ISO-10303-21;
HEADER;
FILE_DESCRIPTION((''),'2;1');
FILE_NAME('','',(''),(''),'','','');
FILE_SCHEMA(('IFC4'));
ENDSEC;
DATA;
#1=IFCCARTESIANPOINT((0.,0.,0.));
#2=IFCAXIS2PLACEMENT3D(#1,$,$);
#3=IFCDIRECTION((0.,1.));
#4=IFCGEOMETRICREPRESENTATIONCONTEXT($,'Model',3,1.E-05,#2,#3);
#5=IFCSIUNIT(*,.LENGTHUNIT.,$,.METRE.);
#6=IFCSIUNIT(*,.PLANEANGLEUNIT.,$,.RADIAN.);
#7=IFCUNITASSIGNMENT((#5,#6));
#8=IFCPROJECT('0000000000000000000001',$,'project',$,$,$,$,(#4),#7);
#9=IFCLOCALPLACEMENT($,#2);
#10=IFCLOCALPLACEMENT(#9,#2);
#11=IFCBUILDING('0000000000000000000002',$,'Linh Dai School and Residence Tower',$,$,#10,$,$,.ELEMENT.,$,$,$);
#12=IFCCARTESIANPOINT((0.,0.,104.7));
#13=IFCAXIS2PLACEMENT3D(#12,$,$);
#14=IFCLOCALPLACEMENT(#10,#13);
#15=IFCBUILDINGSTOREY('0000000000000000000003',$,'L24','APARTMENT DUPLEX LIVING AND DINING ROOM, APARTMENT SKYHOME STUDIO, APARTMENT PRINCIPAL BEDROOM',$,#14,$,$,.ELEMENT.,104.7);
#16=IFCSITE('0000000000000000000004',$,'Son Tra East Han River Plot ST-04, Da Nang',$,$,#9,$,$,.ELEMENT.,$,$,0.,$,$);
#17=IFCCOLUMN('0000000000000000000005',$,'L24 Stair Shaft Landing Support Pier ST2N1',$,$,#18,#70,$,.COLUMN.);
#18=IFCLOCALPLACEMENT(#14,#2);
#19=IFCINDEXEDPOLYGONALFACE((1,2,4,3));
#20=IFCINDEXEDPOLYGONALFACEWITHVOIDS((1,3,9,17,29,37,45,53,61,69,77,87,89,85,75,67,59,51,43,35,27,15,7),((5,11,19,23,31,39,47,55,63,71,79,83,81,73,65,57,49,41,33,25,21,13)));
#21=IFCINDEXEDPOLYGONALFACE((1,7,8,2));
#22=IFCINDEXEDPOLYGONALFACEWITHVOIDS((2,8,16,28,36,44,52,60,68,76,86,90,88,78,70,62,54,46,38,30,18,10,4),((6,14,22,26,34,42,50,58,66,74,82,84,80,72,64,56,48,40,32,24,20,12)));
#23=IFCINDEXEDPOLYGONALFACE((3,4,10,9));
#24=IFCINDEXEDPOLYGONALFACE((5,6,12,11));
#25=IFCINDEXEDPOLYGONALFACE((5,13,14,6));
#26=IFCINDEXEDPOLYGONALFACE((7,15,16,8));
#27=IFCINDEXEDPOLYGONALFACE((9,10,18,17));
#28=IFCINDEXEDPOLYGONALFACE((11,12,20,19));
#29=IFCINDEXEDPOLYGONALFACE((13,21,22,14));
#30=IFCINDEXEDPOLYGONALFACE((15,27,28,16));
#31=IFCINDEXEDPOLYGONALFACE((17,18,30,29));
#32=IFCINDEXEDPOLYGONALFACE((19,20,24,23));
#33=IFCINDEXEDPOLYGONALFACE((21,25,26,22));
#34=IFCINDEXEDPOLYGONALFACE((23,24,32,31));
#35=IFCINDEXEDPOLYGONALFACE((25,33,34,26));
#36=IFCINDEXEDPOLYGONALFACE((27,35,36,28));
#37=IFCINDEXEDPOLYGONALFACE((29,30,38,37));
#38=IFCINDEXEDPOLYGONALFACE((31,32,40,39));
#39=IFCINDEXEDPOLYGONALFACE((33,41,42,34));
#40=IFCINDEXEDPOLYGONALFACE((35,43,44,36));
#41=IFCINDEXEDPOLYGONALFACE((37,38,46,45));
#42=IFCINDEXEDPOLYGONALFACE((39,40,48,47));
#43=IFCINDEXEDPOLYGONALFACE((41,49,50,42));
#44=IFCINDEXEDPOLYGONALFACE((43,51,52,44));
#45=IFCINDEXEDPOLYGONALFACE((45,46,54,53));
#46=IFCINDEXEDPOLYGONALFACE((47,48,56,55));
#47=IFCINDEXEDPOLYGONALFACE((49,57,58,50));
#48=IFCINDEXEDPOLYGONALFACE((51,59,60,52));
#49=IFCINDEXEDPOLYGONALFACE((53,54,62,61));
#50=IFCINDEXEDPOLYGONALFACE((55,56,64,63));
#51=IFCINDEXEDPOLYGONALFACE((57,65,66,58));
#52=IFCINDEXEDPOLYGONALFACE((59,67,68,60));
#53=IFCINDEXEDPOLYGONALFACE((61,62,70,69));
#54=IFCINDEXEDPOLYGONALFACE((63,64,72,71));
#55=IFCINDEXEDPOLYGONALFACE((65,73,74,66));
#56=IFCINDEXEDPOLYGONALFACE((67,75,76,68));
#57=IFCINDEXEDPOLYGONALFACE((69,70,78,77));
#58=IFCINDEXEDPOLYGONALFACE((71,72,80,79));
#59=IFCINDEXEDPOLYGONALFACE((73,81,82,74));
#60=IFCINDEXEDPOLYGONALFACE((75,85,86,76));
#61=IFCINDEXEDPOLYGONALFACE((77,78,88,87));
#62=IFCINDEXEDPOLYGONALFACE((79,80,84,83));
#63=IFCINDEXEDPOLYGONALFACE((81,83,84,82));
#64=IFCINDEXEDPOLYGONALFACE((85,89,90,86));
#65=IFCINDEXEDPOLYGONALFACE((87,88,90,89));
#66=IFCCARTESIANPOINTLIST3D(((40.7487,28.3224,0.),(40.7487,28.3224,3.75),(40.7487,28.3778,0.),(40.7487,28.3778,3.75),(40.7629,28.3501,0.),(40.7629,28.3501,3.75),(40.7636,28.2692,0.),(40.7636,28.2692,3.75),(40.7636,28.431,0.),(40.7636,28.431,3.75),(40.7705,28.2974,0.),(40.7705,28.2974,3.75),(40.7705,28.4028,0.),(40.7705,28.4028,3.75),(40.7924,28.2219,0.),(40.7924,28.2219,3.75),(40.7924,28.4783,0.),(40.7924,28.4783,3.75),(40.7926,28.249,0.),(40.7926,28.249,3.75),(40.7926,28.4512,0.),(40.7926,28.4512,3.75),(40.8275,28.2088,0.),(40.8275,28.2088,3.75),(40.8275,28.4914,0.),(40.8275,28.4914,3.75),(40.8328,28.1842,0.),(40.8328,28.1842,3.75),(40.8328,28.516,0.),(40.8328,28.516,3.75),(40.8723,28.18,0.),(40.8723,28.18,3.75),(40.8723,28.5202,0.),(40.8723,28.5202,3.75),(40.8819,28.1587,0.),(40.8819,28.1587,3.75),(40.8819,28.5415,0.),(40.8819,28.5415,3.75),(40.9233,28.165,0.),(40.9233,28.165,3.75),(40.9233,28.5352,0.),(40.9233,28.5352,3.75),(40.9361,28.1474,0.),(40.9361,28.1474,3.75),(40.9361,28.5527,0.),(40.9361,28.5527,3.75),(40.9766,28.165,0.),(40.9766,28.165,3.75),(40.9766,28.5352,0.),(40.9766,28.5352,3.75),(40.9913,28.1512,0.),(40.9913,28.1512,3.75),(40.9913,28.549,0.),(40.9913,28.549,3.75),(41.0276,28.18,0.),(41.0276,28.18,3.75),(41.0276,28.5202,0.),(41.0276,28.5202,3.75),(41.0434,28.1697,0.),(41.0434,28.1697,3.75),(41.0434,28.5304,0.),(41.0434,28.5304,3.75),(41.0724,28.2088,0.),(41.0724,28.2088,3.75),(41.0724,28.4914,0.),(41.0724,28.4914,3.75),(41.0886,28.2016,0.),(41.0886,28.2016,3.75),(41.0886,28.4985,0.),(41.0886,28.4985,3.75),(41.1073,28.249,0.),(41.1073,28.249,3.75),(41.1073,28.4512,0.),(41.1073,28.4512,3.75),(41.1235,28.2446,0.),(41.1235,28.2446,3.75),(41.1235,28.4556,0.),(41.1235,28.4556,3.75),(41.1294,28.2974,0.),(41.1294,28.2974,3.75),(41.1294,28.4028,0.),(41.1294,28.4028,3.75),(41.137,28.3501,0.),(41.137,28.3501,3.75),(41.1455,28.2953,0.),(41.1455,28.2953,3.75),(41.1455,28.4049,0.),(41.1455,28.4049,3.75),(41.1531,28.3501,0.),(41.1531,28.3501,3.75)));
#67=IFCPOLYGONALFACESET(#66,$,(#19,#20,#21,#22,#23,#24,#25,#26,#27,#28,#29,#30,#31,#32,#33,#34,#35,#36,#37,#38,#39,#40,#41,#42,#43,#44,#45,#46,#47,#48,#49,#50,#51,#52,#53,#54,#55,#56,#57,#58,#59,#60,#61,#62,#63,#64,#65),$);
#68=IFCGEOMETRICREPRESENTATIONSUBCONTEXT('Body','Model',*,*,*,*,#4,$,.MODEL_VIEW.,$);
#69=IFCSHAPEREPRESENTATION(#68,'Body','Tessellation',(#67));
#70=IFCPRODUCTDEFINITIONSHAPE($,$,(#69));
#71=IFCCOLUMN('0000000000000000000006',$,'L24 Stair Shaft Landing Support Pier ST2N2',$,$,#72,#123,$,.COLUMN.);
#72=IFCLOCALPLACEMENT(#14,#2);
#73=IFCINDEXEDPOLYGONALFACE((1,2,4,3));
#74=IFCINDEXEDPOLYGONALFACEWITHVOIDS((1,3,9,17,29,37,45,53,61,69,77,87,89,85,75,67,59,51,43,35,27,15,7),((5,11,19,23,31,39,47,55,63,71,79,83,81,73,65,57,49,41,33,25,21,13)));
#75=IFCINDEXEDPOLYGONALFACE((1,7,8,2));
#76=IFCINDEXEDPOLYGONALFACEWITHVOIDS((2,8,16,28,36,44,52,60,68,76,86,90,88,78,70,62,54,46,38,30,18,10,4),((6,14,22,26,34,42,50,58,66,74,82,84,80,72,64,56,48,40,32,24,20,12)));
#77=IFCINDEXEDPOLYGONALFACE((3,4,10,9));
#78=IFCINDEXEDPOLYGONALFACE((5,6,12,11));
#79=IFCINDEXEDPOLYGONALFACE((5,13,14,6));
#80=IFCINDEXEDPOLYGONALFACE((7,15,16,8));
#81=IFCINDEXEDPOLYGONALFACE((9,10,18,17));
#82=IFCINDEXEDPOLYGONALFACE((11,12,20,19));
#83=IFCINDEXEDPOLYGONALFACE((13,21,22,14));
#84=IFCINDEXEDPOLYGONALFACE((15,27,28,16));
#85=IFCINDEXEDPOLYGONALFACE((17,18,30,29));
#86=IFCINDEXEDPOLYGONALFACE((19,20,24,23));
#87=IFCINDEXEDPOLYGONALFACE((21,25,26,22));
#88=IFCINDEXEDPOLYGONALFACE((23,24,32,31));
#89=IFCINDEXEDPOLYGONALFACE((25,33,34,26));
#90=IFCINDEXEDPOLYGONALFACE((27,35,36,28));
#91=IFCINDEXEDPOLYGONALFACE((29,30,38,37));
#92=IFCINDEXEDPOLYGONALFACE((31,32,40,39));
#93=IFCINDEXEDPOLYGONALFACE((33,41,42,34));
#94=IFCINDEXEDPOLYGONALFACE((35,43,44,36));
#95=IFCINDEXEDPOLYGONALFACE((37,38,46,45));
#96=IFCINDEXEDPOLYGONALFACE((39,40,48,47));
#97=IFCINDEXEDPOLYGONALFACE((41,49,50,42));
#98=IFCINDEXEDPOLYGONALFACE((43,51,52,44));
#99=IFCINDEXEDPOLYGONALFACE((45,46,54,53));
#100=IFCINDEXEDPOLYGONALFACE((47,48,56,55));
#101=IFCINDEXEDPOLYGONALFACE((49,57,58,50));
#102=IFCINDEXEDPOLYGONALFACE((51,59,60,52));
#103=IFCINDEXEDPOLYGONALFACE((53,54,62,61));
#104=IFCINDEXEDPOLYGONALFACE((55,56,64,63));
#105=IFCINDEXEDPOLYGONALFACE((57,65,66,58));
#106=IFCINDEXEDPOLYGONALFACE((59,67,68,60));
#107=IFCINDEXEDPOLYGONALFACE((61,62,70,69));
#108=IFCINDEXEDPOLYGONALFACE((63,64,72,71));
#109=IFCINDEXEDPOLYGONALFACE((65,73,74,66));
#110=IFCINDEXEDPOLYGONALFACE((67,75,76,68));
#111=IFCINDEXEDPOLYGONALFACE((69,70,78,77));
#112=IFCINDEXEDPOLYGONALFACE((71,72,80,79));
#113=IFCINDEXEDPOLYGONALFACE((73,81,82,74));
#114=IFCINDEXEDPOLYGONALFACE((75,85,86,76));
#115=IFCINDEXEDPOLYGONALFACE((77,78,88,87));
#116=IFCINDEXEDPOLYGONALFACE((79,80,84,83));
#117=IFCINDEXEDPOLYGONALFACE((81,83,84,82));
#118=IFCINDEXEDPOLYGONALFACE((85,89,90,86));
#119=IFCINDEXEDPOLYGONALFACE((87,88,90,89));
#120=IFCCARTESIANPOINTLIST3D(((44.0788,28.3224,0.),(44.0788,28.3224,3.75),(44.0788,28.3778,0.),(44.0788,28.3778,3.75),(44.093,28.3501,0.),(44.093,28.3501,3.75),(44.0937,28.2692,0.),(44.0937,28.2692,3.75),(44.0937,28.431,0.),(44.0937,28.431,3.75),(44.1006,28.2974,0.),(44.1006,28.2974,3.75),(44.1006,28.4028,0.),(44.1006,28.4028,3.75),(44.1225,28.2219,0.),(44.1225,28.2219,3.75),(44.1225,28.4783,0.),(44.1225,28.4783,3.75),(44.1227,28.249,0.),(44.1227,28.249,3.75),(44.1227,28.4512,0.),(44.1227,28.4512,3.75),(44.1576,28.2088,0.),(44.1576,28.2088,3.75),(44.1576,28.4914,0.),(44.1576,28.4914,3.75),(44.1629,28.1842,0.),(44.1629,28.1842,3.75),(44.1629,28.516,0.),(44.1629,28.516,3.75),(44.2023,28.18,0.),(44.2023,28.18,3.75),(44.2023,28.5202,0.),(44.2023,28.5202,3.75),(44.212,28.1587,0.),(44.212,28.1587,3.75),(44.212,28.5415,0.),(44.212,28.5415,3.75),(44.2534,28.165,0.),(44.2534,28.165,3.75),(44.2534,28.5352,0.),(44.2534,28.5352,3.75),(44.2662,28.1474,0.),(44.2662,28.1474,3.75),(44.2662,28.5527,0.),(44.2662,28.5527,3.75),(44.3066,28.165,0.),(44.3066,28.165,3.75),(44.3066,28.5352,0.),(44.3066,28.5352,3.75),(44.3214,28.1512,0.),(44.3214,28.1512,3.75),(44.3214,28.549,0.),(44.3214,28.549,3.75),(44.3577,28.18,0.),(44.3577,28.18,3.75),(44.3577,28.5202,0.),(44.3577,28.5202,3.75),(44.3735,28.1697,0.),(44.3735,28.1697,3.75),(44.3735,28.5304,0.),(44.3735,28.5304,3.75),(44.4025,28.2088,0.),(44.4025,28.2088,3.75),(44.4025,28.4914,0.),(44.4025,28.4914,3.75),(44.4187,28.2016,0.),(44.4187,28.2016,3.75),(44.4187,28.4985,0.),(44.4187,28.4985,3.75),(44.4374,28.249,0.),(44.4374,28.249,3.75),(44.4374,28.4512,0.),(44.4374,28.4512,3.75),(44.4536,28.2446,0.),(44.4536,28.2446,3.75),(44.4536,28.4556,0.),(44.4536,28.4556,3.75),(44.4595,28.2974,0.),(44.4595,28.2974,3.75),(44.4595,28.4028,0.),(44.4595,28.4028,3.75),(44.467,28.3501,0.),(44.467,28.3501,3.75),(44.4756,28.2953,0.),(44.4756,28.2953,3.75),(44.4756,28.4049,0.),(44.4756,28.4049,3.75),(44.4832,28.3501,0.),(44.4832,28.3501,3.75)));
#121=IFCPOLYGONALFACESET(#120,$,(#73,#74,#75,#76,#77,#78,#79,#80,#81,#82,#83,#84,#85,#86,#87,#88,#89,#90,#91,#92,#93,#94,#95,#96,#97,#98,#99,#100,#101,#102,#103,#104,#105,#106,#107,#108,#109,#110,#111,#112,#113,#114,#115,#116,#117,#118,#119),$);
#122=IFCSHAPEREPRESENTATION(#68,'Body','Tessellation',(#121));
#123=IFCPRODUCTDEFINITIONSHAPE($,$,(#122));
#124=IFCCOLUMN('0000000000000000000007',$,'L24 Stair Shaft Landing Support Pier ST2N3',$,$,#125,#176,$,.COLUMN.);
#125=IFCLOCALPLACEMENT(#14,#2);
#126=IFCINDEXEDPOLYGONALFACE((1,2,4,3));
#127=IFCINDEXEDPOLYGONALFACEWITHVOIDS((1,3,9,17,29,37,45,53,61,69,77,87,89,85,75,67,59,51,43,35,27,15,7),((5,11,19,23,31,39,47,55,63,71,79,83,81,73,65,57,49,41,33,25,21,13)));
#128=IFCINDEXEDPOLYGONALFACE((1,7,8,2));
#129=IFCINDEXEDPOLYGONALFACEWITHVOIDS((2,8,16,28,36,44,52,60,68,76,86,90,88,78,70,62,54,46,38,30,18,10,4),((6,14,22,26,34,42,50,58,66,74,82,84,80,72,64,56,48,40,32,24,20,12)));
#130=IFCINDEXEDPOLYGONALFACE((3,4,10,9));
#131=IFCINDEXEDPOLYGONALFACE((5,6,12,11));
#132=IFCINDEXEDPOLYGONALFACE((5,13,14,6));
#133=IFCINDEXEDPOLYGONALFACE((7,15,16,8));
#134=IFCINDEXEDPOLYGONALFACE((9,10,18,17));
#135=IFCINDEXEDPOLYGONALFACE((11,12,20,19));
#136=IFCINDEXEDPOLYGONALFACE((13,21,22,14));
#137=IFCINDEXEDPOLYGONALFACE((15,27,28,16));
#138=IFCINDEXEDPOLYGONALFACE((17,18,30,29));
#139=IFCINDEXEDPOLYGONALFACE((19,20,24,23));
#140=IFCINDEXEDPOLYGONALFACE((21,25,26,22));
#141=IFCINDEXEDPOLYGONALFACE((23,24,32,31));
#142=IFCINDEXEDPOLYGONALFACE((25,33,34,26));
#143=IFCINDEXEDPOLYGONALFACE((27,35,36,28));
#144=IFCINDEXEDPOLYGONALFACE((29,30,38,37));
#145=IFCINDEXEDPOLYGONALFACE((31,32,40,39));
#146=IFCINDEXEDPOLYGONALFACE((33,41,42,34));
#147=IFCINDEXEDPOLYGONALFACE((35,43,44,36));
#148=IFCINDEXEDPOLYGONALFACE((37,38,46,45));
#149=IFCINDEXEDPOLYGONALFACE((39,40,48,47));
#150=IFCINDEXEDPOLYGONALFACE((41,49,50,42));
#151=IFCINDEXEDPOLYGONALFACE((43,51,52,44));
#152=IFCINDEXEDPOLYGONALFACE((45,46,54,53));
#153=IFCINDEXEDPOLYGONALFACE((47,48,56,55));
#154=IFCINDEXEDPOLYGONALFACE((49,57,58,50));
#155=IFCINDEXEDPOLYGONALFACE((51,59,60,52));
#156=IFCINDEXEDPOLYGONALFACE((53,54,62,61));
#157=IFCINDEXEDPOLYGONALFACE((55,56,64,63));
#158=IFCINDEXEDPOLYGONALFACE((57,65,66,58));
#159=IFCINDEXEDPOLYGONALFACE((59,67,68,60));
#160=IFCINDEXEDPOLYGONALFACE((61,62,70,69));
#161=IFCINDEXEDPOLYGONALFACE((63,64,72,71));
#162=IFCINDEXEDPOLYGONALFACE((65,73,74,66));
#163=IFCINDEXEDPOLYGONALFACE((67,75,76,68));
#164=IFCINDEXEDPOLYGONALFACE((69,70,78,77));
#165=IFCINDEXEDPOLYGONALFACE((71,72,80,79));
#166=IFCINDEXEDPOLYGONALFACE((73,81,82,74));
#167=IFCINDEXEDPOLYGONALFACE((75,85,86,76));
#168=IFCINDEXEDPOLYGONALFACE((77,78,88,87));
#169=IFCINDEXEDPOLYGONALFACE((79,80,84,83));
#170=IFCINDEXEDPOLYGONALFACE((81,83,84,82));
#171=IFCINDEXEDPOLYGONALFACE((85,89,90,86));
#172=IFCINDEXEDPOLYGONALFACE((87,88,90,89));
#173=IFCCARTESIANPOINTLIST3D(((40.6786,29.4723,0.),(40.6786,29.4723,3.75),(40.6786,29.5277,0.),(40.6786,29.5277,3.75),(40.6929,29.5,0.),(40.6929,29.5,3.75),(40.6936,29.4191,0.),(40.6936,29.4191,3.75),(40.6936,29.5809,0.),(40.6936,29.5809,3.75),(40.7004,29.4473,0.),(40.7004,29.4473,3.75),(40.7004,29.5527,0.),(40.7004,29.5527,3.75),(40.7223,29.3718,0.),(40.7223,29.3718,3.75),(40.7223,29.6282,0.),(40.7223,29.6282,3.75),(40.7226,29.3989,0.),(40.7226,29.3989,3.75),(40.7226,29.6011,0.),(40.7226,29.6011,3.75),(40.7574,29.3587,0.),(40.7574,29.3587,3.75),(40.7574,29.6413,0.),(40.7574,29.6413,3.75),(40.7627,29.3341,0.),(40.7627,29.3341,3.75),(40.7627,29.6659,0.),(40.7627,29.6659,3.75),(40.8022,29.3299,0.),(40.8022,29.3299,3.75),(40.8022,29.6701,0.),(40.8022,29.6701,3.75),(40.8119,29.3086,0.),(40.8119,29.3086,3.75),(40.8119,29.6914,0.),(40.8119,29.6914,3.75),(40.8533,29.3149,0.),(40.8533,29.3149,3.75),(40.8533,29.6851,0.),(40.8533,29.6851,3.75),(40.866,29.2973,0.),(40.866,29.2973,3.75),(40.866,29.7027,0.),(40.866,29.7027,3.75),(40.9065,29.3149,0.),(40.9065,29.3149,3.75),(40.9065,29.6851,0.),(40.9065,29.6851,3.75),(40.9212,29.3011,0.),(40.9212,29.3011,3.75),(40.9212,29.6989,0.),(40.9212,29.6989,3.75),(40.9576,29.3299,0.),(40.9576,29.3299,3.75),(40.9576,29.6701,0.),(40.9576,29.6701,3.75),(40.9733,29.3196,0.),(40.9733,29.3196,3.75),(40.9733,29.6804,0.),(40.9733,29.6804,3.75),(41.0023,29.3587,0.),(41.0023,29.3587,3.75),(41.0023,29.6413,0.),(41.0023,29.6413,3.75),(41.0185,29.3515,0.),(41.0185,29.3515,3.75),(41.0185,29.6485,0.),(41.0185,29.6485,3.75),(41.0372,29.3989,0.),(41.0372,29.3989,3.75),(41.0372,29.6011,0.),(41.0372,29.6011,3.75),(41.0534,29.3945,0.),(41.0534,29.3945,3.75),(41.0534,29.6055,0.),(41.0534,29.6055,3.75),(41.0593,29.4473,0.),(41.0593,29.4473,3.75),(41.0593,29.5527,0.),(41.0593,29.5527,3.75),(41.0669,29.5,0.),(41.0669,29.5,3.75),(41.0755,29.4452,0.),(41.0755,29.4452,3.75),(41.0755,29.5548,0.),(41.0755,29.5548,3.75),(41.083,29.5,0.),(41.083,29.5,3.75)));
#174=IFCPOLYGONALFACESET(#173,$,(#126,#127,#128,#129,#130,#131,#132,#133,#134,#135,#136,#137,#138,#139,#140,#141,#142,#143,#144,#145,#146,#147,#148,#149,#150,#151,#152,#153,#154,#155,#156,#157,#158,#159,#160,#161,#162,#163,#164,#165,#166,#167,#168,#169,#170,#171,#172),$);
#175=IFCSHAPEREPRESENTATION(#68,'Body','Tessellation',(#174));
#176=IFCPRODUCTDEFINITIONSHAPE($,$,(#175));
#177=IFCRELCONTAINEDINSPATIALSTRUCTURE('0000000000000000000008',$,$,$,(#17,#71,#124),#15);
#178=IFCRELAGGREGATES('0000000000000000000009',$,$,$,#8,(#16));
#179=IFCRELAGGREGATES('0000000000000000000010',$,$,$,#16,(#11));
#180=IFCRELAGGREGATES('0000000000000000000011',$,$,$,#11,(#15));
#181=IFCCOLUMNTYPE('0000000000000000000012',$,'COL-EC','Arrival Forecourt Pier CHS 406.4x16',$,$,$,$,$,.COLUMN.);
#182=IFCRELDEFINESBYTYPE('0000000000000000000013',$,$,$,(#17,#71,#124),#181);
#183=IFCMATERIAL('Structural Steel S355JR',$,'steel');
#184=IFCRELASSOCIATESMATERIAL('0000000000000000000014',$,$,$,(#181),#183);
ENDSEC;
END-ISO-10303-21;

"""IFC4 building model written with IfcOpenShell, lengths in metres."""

from ifc_helpers import new_model, si_unit, direction, frame, origin, origin_2d, place, context, subcontext, project, spatial, hollow_circle, extrude, material, material_profile, profile_set, type_object, element, save


model = new_model("IFC4")

# Units and contexts
model_context = context("Model", 3, precision=1e-05, world=origin(), true_north=direction((0.0, 1.0)))
body_context = subcontext(model_context, "Body", "Model", "MODEL_VIEW")
ifc_project = project(units=[si_unit("LENGTHUNIT", "METRE"), si_unit("PLANEANGLEUNIT", "RADIAN")], contexts=[model_context])

# Site, building, storey
site_placement = place(None, origin())
site = spatial("IfcSite", under=ifc_project, at=site_placement, Name="Son Tra East Han River Plot ST-04, Da Nang", CompositionType="ELEMENT", RefElevation=0.0)
building_placement = place(site_placement, origin())
building = spatial("IfcBuilding", under=site, at=building_placement, Name="Linh Dai School and Residence Tower", CompositionType="ELEMENT")
storey_placement = place(building_placement, frame((0.0, 0.0, 104.7)))
storey = spatial("IfcBuildingStorey", under=building, at=storey_placement, Name="L24", Description="APARTMENT DUPLEX LIVING AND DINING ROOM, APARTMENT SKYHOME STUDIO, APARTMENT PRINCIPAL BEDROOM", CompositionType="ELEMENT", Elevation=104.7)

# Columns
ifc_material_1 = material(Name="Structural Steel S355JR", Category="steel")
ifc_material_profile_1 = material_profile(ifc_material_1, hollow_circle(Radius=0.2031, WallThickness=0.0161, at=origin_2d()), Name="CHS 406.4x16")
ifc_profile_set_1 = profile_set([ifc_material_profile_1], Name="Structural Steel S355JR")
column_type_1 = type_object("IfcColumnType", Name="COL-EC", Description="Arrival Forecourt Pier CHS 406.4x16", PredefinedType="COLUMN", material=ifc_profile_set_1)
for number, where, z_axis, x_axis, name in (
    (1, (40.95, 28.3501, 0.0), (0.0, 0.0, 1.0), (1.0, 0.0, 0.0), "L24 Stair Shaft Landing Support Pier ST2N1"),
    (2, (44.28, 28.3501, 0.0), (0.0, 0.0, 1.0), (1.0, 0.0, 0.0), "L24 Stair Shaft Landing Support Pier ST2N2"),
    (3, (40.8799, 29.5, 0.0), (0.0, 0.0, 1.0), (1.0, 0.0, 0.0), "L24 Stair Shaft Landing Support Pier ST2N3"),
):
    element("IfcColumn", number, at=place(storey_placement, frame(where, z_axis=z_axis, x_axis=x_axis)), inside=storey, type_object=column_type_1, Name=name, PredefinedType="COLUMN", context=body_context, shape_type="SweptSolid", body=[
        extrude(hollow_circle(Radius=0.2031, WallThickness=0.0161, at=origin_2d()), origin(), (0.0, 0.0, 1.0), 3.75),
    ])

save(model, "model.ifc")
